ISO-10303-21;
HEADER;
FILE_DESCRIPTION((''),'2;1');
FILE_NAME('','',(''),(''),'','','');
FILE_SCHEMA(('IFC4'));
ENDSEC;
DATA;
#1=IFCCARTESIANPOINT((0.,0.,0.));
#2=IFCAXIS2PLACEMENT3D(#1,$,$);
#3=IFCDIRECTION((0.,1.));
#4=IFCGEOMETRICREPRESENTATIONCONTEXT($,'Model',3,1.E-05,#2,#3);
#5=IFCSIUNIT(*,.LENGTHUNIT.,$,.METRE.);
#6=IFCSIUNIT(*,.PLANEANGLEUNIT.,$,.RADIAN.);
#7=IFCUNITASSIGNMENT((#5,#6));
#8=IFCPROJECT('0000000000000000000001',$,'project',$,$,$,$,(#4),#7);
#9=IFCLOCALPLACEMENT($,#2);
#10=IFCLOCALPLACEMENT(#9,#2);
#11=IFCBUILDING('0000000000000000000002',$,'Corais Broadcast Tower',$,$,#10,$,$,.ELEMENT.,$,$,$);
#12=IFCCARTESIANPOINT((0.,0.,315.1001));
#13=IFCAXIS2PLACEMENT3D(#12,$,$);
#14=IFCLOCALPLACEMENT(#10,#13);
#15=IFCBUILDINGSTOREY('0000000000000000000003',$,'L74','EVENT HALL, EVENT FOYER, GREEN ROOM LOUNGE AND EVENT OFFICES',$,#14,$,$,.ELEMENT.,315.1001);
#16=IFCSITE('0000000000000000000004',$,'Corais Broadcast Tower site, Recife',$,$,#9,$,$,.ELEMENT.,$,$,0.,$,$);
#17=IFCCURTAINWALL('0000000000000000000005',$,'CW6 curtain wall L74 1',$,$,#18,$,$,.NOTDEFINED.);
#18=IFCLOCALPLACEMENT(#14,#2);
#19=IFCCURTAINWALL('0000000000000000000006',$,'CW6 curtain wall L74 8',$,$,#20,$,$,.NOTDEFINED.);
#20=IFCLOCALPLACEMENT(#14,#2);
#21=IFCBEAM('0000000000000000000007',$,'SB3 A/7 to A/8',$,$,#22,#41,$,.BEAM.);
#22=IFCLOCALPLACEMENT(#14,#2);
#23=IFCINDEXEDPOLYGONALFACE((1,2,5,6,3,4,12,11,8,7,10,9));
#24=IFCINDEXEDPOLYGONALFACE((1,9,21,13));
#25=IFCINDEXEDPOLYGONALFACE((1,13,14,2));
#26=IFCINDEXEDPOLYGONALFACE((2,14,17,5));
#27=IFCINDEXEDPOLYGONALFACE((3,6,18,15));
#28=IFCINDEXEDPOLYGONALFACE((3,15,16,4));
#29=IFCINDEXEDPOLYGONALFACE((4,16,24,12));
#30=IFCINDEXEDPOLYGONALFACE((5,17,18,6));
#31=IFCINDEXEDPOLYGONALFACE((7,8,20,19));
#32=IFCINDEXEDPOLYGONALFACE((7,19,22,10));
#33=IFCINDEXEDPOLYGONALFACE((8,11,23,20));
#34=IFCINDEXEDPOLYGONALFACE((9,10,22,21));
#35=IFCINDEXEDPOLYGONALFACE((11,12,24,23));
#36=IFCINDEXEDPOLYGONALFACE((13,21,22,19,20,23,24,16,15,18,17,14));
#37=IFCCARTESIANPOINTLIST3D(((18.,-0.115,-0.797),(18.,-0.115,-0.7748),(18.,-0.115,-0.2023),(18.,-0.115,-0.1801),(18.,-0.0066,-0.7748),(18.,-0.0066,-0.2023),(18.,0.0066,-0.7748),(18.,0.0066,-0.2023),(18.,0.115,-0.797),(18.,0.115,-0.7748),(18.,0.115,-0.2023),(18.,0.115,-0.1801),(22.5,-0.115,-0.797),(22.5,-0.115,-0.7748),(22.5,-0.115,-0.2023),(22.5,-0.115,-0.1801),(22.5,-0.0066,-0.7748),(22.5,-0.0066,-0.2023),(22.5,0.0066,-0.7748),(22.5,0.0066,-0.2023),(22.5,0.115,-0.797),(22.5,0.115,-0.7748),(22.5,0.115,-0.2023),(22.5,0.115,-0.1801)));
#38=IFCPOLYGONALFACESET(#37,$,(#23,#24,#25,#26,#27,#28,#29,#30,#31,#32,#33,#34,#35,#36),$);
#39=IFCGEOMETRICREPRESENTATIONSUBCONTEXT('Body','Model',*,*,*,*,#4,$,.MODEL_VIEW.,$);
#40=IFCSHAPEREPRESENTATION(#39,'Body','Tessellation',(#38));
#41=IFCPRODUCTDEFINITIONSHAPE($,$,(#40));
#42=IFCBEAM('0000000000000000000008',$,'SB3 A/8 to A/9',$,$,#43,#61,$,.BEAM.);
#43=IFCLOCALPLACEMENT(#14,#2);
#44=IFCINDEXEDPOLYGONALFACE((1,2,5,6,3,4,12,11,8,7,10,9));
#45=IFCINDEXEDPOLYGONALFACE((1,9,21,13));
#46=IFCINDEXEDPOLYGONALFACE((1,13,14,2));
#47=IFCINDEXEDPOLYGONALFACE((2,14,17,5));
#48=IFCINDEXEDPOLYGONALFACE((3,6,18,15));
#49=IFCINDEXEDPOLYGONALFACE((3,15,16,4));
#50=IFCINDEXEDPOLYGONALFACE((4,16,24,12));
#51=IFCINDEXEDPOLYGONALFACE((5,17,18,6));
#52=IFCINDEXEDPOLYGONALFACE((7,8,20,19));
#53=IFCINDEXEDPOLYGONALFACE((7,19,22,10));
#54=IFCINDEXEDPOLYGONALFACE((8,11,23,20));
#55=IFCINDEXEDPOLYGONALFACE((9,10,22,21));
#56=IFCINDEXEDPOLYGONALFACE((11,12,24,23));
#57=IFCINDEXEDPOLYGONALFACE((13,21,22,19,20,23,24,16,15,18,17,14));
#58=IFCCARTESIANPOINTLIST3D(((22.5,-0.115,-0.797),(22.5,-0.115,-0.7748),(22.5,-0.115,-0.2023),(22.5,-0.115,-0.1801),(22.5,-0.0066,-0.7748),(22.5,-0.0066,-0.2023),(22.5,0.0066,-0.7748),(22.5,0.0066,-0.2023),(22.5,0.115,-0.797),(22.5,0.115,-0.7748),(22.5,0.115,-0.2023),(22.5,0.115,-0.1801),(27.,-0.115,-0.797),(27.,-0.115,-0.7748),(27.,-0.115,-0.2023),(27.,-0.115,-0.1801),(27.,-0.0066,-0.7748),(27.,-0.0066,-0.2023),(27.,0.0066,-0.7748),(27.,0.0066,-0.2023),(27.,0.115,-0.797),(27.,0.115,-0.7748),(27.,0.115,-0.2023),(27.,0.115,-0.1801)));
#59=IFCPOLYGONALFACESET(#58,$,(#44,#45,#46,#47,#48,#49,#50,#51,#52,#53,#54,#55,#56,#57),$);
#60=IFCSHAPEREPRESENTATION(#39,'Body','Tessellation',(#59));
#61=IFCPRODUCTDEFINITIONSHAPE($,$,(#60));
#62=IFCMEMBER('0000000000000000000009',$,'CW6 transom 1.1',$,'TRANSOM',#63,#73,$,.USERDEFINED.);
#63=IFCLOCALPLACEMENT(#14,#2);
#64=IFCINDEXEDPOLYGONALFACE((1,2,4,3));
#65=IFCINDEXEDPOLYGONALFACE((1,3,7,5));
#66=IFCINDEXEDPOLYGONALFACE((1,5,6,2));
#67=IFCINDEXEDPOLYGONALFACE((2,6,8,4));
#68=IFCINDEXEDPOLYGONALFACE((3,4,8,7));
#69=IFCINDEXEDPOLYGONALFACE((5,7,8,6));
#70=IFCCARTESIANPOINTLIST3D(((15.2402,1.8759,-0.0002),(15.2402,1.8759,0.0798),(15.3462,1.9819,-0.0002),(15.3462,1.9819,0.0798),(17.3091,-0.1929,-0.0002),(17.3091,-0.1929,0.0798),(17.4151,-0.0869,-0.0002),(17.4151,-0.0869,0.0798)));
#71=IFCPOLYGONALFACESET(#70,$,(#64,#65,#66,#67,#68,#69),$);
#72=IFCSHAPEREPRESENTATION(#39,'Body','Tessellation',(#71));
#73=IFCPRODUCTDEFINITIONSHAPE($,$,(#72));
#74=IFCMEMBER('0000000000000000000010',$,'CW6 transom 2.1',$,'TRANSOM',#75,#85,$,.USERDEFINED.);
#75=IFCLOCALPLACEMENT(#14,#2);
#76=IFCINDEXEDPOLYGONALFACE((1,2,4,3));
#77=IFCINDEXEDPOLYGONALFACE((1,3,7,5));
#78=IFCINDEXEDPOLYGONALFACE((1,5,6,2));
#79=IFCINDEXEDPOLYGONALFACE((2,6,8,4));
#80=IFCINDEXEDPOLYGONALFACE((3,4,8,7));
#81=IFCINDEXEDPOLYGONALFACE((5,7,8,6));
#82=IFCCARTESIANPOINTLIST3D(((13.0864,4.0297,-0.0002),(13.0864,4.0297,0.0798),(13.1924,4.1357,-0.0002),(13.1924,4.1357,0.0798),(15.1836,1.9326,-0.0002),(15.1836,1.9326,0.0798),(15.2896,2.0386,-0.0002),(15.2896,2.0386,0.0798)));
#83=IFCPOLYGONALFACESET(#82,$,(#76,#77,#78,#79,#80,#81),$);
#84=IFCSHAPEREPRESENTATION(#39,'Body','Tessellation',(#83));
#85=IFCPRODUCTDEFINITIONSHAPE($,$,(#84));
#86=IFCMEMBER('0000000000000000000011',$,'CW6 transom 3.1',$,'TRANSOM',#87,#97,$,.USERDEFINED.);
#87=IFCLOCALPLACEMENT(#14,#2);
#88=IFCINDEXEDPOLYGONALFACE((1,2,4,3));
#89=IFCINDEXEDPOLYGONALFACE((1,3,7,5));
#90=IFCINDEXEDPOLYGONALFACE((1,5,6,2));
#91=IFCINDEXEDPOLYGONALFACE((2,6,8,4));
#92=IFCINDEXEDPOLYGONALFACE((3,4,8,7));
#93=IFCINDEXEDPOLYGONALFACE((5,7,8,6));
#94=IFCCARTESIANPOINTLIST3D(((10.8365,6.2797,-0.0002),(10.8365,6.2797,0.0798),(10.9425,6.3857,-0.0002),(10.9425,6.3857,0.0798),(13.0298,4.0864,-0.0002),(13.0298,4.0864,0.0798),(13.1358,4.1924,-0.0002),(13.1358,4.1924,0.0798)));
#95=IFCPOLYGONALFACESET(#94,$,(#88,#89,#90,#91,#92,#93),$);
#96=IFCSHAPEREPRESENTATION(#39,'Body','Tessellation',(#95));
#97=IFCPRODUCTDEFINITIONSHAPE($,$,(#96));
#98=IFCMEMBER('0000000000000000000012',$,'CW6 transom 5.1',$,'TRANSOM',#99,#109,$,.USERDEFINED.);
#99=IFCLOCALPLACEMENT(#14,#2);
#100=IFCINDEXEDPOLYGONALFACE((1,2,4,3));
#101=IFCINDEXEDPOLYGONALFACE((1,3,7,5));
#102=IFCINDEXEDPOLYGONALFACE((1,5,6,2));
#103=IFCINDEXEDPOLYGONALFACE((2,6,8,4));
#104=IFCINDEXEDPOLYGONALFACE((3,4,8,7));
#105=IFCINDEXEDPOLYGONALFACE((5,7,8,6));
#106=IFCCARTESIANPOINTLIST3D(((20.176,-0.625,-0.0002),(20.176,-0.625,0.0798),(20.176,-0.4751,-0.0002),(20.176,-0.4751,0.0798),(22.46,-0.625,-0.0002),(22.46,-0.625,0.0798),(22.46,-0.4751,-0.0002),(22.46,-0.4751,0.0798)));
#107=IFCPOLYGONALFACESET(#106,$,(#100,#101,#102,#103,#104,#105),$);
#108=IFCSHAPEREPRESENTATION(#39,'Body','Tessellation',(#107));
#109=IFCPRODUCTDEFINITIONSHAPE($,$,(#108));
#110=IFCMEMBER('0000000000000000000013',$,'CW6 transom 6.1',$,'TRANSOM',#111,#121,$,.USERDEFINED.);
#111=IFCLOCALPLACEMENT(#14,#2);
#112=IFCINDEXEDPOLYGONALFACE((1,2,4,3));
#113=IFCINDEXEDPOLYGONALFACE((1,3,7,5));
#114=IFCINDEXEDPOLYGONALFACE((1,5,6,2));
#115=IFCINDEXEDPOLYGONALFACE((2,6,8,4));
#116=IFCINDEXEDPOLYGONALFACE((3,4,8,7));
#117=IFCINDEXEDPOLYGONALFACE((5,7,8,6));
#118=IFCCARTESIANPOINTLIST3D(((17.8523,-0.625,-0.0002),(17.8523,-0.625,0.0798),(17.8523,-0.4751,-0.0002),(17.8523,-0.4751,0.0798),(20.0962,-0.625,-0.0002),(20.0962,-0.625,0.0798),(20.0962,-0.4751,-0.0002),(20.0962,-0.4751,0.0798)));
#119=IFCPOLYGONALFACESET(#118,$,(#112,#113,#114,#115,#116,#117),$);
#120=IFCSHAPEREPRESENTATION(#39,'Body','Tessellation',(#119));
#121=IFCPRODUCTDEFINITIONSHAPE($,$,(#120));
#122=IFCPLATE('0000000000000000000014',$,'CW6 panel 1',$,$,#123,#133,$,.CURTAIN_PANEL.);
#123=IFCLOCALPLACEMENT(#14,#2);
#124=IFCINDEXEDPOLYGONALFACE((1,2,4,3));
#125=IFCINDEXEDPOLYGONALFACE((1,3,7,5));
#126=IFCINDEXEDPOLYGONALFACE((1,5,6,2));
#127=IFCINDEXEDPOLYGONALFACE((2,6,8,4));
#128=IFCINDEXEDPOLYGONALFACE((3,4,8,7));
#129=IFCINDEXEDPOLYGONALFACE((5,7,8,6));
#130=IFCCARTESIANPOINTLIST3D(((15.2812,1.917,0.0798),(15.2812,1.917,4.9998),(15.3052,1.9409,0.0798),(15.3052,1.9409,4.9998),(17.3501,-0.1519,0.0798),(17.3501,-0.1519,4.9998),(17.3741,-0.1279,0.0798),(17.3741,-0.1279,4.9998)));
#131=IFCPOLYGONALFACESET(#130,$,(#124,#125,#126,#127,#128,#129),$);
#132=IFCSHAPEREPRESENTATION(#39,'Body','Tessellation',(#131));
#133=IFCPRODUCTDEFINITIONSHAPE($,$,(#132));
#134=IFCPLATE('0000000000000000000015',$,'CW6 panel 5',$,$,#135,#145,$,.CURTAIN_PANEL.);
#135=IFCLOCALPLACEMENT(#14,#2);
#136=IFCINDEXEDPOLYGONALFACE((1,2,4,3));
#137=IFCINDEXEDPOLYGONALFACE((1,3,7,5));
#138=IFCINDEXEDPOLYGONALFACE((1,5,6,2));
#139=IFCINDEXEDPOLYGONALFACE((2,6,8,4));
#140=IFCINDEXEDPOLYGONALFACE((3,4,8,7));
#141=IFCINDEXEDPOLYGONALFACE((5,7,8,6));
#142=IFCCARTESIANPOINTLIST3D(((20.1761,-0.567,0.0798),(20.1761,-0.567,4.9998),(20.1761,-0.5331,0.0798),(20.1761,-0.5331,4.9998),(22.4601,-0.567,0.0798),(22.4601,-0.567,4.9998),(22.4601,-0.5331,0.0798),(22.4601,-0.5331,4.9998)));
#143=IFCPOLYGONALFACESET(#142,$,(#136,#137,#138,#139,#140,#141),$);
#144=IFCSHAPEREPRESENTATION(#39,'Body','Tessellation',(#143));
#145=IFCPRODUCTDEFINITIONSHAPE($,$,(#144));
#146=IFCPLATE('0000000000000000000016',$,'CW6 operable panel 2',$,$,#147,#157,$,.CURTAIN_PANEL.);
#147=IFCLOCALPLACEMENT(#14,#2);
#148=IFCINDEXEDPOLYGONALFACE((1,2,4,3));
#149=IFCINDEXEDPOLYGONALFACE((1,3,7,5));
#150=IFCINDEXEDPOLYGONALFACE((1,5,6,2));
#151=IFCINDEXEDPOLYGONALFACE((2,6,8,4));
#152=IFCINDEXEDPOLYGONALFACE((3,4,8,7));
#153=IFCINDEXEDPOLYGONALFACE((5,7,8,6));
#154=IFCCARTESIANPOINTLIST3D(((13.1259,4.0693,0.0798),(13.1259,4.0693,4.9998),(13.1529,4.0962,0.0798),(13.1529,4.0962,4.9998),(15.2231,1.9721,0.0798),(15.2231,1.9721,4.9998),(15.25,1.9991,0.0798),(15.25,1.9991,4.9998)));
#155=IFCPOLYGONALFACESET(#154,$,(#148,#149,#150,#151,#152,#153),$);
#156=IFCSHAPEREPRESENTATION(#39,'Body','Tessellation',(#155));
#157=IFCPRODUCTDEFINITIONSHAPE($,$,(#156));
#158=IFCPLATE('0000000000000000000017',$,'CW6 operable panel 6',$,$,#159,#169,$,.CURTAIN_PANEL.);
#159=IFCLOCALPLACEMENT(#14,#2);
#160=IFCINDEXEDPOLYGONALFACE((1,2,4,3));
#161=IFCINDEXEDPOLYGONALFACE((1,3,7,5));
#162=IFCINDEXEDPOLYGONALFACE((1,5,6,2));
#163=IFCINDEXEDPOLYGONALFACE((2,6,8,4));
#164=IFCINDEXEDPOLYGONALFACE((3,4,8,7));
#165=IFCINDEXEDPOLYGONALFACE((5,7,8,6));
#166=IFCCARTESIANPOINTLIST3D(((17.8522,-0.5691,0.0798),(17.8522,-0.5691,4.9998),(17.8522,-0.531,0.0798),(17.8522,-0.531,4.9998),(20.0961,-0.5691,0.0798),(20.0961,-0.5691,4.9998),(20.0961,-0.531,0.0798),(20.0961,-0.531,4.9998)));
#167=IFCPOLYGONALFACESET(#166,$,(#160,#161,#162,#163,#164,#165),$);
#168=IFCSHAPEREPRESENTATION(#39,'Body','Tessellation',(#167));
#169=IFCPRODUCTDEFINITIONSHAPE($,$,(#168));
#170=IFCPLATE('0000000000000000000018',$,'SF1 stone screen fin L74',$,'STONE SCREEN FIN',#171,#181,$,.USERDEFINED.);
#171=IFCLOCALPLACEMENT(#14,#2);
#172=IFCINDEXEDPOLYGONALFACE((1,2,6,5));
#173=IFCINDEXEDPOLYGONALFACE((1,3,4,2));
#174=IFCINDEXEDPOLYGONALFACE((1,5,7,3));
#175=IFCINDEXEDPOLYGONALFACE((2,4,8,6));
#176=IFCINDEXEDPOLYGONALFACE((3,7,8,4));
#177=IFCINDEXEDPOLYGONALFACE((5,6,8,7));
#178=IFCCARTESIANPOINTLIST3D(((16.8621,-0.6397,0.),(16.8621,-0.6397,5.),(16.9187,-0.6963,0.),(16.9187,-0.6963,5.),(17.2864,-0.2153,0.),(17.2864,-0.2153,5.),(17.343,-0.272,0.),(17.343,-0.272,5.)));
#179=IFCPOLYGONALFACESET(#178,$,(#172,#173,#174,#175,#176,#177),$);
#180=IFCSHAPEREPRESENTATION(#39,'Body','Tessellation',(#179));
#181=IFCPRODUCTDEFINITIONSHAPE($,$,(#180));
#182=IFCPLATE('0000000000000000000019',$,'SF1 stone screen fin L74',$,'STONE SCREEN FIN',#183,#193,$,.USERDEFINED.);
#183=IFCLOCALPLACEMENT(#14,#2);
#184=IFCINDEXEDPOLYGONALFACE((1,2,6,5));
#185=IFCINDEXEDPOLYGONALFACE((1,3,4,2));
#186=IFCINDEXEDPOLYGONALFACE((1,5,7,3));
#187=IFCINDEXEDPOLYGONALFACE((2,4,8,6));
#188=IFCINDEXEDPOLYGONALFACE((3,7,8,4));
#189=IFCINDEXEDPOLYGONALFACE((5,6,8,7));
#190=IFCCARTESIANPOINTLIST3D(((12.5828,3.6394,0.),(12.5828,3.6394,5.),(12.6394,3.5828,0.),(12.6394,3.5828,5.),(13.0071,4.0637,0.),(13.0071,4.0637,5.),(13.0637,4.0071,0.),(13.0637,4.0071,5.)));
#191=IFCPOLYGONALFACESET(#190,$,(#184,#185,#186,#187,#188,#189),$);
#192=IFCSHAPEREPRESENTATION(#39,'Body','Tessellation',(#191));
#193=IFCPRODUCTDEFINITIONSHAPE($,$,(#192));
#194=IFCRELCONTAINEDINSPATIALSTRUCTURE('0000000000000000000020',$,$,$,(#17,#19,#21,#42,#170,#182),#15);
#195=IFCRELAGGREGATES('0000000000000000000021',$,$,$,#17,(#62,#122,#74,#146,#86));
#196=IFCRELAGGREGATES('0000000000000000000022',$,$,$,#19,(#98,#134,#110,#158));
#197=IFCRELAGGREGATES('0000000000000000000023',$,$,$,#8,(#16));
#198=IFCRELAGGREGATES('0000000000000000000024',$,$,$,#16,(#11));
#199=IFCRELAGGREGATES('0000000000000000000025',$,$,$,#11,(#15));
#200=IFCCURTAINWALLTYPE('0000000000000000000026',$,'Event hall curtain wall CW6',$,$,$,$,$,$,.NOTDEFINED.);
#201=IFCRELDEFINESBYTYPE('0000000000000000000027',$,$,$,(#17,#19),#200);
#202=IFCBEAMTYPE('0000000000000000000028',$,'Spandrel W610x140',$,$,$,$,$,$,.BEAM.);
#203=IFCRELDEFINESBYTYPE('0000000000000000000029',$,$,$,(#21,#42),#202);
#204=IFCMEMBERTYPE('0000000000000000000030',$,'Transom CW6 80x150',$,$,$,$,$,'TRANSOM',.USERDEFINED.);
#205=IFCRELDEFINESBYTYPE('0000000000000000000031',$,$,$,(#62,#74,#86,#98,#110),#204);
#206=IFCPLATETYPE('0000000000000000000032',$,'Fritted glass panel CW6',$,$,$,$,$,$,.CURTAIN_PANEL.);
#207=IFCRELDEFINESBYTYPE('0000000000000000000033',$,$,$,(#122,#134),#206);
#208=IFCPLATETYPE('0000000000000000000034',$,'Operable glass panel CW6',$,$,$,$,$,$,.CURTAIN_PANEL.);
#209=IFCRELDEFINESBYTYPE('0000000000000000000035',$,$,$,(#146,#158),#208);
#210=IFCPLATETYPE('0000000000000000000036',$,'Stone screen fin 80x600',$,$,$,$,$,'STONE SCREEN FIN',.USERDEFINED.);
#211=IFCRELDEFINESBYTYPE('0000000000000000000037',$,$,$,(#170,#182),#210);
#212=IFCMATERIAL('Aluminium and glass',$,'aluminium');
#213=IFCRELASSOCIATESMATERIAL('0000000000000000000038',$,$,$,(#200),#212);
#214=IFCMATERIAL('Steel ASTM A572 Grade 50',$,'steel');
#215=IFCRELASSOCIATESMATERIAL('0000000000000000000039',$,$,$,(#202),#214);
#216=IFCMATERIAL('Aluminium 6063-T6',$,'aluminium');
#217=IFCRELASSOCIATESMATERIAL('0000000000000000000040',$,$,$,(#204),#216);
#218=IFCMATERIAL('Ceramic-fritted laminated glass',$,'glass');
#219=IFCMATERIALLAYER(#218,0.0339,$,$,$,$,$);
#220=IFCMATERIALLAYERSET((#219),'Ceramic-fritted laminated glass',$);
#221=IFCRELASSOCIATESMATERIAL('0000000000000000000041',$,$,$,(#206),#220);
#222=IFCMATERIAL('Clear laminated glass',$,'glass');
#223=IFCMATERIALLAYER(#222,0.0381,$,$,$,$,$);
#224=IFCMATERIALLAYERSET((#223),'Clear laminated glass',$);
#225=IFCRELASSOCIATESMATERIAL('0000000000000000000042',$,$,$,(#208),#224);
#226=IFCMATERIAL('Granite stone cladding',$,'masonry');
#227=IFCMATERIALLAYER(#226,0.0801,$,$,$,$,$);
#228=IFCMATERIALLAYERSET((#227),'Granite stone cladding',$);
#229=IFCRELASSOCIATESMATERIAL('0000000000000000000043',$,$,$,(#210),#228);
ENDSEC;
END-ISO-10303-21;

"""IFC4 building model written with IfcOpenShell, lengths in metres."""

from ifc_helpers import new_model, si_unit, direction, frame, origin, origin_2d, place, context, subcontext, project, spatial, rectangle, i_section, extrude, material, layer, layer_set, material_profile, profile_set, type_object, element, aggregate, save


model = new_model("IFC4")

# Units and contexts
model_context = context("Model", 3, precision=1e-05, world=origin(), true_north=direction((0.0, 1.0)))
body_context = subcontext(model_context, "Body", "Model", "MODEL_VIEW")
ifc_project = project(units=[si_unit("LENGTHUNIT", "METRE"), si_unit("PLANEANGLEUNIT", "RADIAN")], contexts=[model_context])

# Site, building, storey
site_placement = place(None, origin())
site = spatial("IfcSite", under=ifc_project, at=site_placement, Name="Corais Broadcast Tower site, Recife", CompositionType="ELEMENT", RefElevation=0.0)
building_placement = place(site_placement, origin())
building = spatial("IfcBuilding", under=site, at=building_placement, Name="Corais Broadcast Tower", CompositionType="ELEMENT")
storey_placement = place(building_placement, frame((0.0, 0.0, 315.1001)))
storey = spatial("IfcBuildingStorey", under=building, at=storey_placement, Name="L74", Description="EVENT HALL, EVENT FOYER, GREEN ROOM LOUNGE AND EVENT OFFICES", CompositionType="ELEMENT", Elevation=315.1001)

# Curtain walls
ifc_material_1 = material(Name="Aluminium and glass", Category="aluminium")
curtain_wall_type = type_object("IfcCurtainWallType", Name="Event hall curtain wall CW6", PredefinedType="NOTDEFINED", material=ifc_material_1)
curtain_wall_1_placement = place(storey_placement, origin())
curtain_wall_1 = element("IfcCurtainWall", 1, at=curtain_wall_1_placement, inside=storey, type_object=curtain_wall_type, Name="CW6 curtain wall L74 1", PredefinedType="NOTDEFINED")
curtain_wall_2_placement = place(storey_placement, origin())
curtain_wall_2 = element("IfcCurtainWall", 2, at=curtain_wall_2_placement, inside=storey, type_object=curtain_wall_type, Name="CW6 curtain wall L74 8", PredefinedType="NOTDEFINED")

# Beams
ifc_material_2 = material(Name="Steel ASTM A572 Grade 50", Category="steel")
ifc_material_profile_1 = material_profile(ifc_material_2, i_section(OverallWidth=0.23, OverallDepth=0.6169, WebThickness=0.0132, FlangeThickness=0.0222, at=origin_2d()), Name="W610x140")
ifc_profile_set_1 = profile_set([ifc_material_profile_1], Name="Steel ASTM A572 Grade 50")
beam_type_1 = type_object("IfcBeamType", Name="Spandrel W610x140", PredefinedType="BEAM", material=ifc_profile_set_1)
for number, where, z_axis, x_axis, name in (
    (3, (18.0, 0.0, -0.4885), (1.0, 0.0, 0.0), (0.0, 1.0, 0.0), "SB3 A/7 to A/8"),
    (4, (22.5, 0.0, -0.4885), (1.0, 0.0, 0.0), (0.0, 1.0, 0.0), "SB3 A/8 to A/9"),
):
    element("IfcBeam", number, at=place(storey_placement, frame(where, z_axis=z_axis, x_axis=x_axis)), inside=storey, type_object=beam_type_1, Name=name, PredefinedType="BEAM", context=body_context, shape_type="SweptSolid", body=[
        extrude(i_section(OverallWidth=0.23, OverallDepth=0.6169, WebThickness=0.0132, FlangeThickness=0.0222, at=origin_2d()), origin(), (0.0, 0.0, 1.0), 4.5),
    ])

# Members
ifc_material_3 = material(Name="Aluminium 6063-T6", Category="aluminium")
ifc_material_profile_2 = material_profile(ifc_material_3, rectangle(XDim=0.1499, YDim=0.0801, at=origin_2d()), Name="Transom CW6 80x150")
ifc_profile_set_2 = profile_set([ifc_material_profile_2], Name="Aluminium 6063-T6")
member_type_1 = type_object("IfcMemberType", Name="Transom CW6 80x150", ElementType="TRANSOM", PredefinedType="USERDEFINED", material=ifc_profile_set_2)
member_1_placement = place(storey_placement, frame((17.3621, -0.1399, 0.0398), z_axis=(-0.707107, 0.707107, 0.0), x_axis=(-0.707107, -0.707107, 0.0)))
member_1 = element("IfcMember", 5, at=member_1_placement, type_object=member_type_1, Name="CW6 transom 1.1", ObjectType="TRANSOM", PredefinedType="USERDEFINED", context=body_context, shape_type="SweptSolid", body=[
    extrude(rectangle(XDim=0.1499, YDim=0.0801, at=origin_2d()), origin(), (0.0, 0.0, 1.0), 2.9258),
])
member_2_placement = place(storey_placement, frame((15.2366, 1.9856, 0.0398), z_axis=(-0.707107, 0.707107, 0.0), x_axis=(-0.707107, -0.707107, 0.0)))
member_2 = element("IfcMember", 6, at=member_2_placement, type_object=member_type_1, Name="CW6 transom 2.1", ObjectType="TRANSOM", PredefinedType="USERDEFINED", context=body_context, shape_type="SweptSolid", body=[
    extrude(rectangle(XDim=0.1499, YDim=0.0801, at=origin_2d()), origin(), (0.0, 0.0, 1.0), 2.9658),
])
member_3_placement = place(storey_placement, frame((13.0828, 4.1394, 0.0398), z_axis=(-0.707107, 0.707107, 0.0), x_axis=(-0.707107, -0.707107, 0.0)))
member_3 = element("IfcMember", 7, at=member_3_placement, type_object=member_type_1, Name="CW6 transom 3.1", ObjectType="TRANSOM", PredefinedType="USERDEFINED", context=body_context, shape_type="SweptSolid", body=[
    extrude(rectangle(XDim=0.1499, YDim=0.0801, at=origin_2d()), origin(), (0.0, 0.0, 1.0), 3.1018),
])
member_4_placement = place(storey_placement, frame((22.46, -0.55, 0.0398), z_axis=(-1.0, 0.0, 0.0), x_axis=(0.0, -1.0, 0.0)))
member_4 = element("IfcMember", 8, at=member_4_placement, type_object=member_type_1, Name="CW6 transom 5.1", ObjectType="TRANSOM", PredefinedType="USERDEFINED", context=body_context, shape_type="SweptSolid", body=[
    extrude(rectangle(XDim=0.1499, YDim=0.0801, at=origin_2d()), origin(), (0.0, 0.0, 1.0), 2.2839),
])
member_5_placement = place(storey_placement, frame((20.0962, -0.55, 0.0398), z_axis=(-1.0, 0.0, 0.0), x_axis=(0.0, -1.0, 0.0)))
member_5 = element("IfcMember", 9, at=member_5_placement, type_object=member_type_1, Name="CW6 transom 6.1", ObjectType="TRANSOM", PredefinedType="USERDEFINED", context=body_context, shape_type="SweptSolid", body=[
    extrude(rectangle(XDim=0.1499, YDim=0.0801, at=origin_2d()), origin(), (0.0, 0.0, 1.0), 2.2439),
])

# Plates
ifc_material_4 = material(Name="Ceramic-fritted laminated glass", Category="glass")
ifc_layer_1 = layer(ifc_material_4, 0.0339)
ifc_layer_set_1 = layer_set([ifc_layer_1], Name="Ceramic-fritted laminated glass")
plate_type_1 = type_object("IfcPlateType", Name="Fritted glass panel CW6", PredefinedType="CURTAIN_PANEL", material=ifc_layer_set_1)
plate_1_placement = place(storey_placement, frame((16.3276, 0.8945, 0.0798), z_axis=(0.0, 0.0, 1.0), x_axis=(-0.707107, 0.707107, 0.0)))
plate_1 = element("IfcPlate", 10, at=plate_1_placement, type_object=plate_type_1, Name="CW6 panel 1", PredefinedType="CURTAIN_PANEL", context=body_context, shape_type="SweptSolid", body=[
    extrude(rectangle(XDim=2.9258, YDim=0.0339, at=origin_2d()), origin(), (0.0, 0.0, 1.0), 4.9199),
])
plate_2_placement = place(storey_placement, frame((21.3181, -0.55, 0.0798), z_axis=(0.0, 0.0, 1.0), x_axis=(-1.0, 0.0, 0.0)))
plate_2 = element("IfcPlate", 11, at=plate_2_placement, type_object=plate_type_1, Name="CW6 panel 5", PredefinedType="CURTAIN_PANEL", context=body_context, shape_type="SweptSolid", body=[
    extrude(rectangle(XDim=2.2839, YDim=0.0339, at=origin_2d()), origin(), (0.0, 0.0, 1.0), 4.9199),
])
ifc_material_5 = material(Name="Clear laminated glass", Category="glass")
ifc_layer_2 = layer(ifc_material_5, 0.0381)
ifc_layer_set_2 = layer_set([ifc_layer_2], Name="Clear laminated glass")
plate_type_2 = type_object("IfcPlateType", Name="Operable glass panel CW6", PredefinedType="CURTAIN_PANEL", material=ifc_layer_set_2)
plate_3_placement = place(storey_placement, frame((14.188, 3.0342, 0.0798), z_axis=(0.0, 0.0, 1.0), x_axis=(-0.707107, 0.707107, 0.0)))
plate_3 = element("IfcPlate", 12, at=plate_3_placement, type_object=plate_type_2, Name="CW6 operable panel 2", PredefinedType="CURTAIN_PANEL", context=body_context, shape_type="SweptSolid", body=[
    extrude(rectangle(XDim=2.9658, YDim=0.0381, at=origin_2d()), origin(), (0.0, 0.0, 1.0), 4.9199),
])
aggregate(curtain_wall_1, [member_1, plate_1, member_2, plate_3, member_3])
plate_4_placement = place(storey_placement, frame((18.9741, -0.55, 0.0798), z_axis=(0.0, 0.0, 1.0), x_axis=(-1.0, 0.0, 0.0)))
plate_4 = element("IfcPlate", 13, at=plate_4_placement, type_object=plate_type_2, Name="CW6 operable panel 6", PredefinedType="CURTAIN_PANEL", context=body_context, shape_type="SweptSolid", body=[
    extrude(rectangle(XDim=2.2439, YDim=0.0381, at=origin_2d()), origin(), (0.0, 0.0, 1.0), 4.9199),
])
aggregate(curtain_wall_2, [member_4, plate_2, member_5, plate_4])

# Plates
ifc_material_6 = material(Name="Granite stone cladding", Category="masonry")
ifc_layer_3 = layer(ifc_material_6, 0.0801)
ifc_layer_set_3 = layer_set([ifc_layer_3], Name="Granite stone cladding")
plate_type_3 = type_object("IfcPlateType", Name="Stone screen fin 80x600", ElementType="STONE SCREEN FIN", PredefinedType="USERDEFINED", material=ifc_layer_set_3)
for number, where, z_axis, x_axis, name in (
    (14, (17.1025, -0.4558, 0.0), (0.0, 0.0, 1.0), (-0.707107, 0.707107, 0.0), "SF1 stone screen fin L74"),
    (15, (12.8232, 3.8232, 0.0), (0.0, 0.0, 1.0), (-0.707107, 0.707107, 0.0), "SF1 stone screen fin L74"),
):
    element("IfcPlate", number, at=place(storey_placement, frame(where, z_axis=z_axis, x_axis=x_axis)), inside=storey, type_object=plate_type_3, Name=name, ObjectType="STONE SCREEN FIN", PredefinedType="USERDEFINED", context=body_context, shape_type="SweptSolid", body=[
        extrude(rectangle(XDim=0.0801, YDim=0.6001, at=origin_2d()), origin(), (0.0, 0.0, 1.0), 5.0),
    ])

save(model, "model.ifc")
